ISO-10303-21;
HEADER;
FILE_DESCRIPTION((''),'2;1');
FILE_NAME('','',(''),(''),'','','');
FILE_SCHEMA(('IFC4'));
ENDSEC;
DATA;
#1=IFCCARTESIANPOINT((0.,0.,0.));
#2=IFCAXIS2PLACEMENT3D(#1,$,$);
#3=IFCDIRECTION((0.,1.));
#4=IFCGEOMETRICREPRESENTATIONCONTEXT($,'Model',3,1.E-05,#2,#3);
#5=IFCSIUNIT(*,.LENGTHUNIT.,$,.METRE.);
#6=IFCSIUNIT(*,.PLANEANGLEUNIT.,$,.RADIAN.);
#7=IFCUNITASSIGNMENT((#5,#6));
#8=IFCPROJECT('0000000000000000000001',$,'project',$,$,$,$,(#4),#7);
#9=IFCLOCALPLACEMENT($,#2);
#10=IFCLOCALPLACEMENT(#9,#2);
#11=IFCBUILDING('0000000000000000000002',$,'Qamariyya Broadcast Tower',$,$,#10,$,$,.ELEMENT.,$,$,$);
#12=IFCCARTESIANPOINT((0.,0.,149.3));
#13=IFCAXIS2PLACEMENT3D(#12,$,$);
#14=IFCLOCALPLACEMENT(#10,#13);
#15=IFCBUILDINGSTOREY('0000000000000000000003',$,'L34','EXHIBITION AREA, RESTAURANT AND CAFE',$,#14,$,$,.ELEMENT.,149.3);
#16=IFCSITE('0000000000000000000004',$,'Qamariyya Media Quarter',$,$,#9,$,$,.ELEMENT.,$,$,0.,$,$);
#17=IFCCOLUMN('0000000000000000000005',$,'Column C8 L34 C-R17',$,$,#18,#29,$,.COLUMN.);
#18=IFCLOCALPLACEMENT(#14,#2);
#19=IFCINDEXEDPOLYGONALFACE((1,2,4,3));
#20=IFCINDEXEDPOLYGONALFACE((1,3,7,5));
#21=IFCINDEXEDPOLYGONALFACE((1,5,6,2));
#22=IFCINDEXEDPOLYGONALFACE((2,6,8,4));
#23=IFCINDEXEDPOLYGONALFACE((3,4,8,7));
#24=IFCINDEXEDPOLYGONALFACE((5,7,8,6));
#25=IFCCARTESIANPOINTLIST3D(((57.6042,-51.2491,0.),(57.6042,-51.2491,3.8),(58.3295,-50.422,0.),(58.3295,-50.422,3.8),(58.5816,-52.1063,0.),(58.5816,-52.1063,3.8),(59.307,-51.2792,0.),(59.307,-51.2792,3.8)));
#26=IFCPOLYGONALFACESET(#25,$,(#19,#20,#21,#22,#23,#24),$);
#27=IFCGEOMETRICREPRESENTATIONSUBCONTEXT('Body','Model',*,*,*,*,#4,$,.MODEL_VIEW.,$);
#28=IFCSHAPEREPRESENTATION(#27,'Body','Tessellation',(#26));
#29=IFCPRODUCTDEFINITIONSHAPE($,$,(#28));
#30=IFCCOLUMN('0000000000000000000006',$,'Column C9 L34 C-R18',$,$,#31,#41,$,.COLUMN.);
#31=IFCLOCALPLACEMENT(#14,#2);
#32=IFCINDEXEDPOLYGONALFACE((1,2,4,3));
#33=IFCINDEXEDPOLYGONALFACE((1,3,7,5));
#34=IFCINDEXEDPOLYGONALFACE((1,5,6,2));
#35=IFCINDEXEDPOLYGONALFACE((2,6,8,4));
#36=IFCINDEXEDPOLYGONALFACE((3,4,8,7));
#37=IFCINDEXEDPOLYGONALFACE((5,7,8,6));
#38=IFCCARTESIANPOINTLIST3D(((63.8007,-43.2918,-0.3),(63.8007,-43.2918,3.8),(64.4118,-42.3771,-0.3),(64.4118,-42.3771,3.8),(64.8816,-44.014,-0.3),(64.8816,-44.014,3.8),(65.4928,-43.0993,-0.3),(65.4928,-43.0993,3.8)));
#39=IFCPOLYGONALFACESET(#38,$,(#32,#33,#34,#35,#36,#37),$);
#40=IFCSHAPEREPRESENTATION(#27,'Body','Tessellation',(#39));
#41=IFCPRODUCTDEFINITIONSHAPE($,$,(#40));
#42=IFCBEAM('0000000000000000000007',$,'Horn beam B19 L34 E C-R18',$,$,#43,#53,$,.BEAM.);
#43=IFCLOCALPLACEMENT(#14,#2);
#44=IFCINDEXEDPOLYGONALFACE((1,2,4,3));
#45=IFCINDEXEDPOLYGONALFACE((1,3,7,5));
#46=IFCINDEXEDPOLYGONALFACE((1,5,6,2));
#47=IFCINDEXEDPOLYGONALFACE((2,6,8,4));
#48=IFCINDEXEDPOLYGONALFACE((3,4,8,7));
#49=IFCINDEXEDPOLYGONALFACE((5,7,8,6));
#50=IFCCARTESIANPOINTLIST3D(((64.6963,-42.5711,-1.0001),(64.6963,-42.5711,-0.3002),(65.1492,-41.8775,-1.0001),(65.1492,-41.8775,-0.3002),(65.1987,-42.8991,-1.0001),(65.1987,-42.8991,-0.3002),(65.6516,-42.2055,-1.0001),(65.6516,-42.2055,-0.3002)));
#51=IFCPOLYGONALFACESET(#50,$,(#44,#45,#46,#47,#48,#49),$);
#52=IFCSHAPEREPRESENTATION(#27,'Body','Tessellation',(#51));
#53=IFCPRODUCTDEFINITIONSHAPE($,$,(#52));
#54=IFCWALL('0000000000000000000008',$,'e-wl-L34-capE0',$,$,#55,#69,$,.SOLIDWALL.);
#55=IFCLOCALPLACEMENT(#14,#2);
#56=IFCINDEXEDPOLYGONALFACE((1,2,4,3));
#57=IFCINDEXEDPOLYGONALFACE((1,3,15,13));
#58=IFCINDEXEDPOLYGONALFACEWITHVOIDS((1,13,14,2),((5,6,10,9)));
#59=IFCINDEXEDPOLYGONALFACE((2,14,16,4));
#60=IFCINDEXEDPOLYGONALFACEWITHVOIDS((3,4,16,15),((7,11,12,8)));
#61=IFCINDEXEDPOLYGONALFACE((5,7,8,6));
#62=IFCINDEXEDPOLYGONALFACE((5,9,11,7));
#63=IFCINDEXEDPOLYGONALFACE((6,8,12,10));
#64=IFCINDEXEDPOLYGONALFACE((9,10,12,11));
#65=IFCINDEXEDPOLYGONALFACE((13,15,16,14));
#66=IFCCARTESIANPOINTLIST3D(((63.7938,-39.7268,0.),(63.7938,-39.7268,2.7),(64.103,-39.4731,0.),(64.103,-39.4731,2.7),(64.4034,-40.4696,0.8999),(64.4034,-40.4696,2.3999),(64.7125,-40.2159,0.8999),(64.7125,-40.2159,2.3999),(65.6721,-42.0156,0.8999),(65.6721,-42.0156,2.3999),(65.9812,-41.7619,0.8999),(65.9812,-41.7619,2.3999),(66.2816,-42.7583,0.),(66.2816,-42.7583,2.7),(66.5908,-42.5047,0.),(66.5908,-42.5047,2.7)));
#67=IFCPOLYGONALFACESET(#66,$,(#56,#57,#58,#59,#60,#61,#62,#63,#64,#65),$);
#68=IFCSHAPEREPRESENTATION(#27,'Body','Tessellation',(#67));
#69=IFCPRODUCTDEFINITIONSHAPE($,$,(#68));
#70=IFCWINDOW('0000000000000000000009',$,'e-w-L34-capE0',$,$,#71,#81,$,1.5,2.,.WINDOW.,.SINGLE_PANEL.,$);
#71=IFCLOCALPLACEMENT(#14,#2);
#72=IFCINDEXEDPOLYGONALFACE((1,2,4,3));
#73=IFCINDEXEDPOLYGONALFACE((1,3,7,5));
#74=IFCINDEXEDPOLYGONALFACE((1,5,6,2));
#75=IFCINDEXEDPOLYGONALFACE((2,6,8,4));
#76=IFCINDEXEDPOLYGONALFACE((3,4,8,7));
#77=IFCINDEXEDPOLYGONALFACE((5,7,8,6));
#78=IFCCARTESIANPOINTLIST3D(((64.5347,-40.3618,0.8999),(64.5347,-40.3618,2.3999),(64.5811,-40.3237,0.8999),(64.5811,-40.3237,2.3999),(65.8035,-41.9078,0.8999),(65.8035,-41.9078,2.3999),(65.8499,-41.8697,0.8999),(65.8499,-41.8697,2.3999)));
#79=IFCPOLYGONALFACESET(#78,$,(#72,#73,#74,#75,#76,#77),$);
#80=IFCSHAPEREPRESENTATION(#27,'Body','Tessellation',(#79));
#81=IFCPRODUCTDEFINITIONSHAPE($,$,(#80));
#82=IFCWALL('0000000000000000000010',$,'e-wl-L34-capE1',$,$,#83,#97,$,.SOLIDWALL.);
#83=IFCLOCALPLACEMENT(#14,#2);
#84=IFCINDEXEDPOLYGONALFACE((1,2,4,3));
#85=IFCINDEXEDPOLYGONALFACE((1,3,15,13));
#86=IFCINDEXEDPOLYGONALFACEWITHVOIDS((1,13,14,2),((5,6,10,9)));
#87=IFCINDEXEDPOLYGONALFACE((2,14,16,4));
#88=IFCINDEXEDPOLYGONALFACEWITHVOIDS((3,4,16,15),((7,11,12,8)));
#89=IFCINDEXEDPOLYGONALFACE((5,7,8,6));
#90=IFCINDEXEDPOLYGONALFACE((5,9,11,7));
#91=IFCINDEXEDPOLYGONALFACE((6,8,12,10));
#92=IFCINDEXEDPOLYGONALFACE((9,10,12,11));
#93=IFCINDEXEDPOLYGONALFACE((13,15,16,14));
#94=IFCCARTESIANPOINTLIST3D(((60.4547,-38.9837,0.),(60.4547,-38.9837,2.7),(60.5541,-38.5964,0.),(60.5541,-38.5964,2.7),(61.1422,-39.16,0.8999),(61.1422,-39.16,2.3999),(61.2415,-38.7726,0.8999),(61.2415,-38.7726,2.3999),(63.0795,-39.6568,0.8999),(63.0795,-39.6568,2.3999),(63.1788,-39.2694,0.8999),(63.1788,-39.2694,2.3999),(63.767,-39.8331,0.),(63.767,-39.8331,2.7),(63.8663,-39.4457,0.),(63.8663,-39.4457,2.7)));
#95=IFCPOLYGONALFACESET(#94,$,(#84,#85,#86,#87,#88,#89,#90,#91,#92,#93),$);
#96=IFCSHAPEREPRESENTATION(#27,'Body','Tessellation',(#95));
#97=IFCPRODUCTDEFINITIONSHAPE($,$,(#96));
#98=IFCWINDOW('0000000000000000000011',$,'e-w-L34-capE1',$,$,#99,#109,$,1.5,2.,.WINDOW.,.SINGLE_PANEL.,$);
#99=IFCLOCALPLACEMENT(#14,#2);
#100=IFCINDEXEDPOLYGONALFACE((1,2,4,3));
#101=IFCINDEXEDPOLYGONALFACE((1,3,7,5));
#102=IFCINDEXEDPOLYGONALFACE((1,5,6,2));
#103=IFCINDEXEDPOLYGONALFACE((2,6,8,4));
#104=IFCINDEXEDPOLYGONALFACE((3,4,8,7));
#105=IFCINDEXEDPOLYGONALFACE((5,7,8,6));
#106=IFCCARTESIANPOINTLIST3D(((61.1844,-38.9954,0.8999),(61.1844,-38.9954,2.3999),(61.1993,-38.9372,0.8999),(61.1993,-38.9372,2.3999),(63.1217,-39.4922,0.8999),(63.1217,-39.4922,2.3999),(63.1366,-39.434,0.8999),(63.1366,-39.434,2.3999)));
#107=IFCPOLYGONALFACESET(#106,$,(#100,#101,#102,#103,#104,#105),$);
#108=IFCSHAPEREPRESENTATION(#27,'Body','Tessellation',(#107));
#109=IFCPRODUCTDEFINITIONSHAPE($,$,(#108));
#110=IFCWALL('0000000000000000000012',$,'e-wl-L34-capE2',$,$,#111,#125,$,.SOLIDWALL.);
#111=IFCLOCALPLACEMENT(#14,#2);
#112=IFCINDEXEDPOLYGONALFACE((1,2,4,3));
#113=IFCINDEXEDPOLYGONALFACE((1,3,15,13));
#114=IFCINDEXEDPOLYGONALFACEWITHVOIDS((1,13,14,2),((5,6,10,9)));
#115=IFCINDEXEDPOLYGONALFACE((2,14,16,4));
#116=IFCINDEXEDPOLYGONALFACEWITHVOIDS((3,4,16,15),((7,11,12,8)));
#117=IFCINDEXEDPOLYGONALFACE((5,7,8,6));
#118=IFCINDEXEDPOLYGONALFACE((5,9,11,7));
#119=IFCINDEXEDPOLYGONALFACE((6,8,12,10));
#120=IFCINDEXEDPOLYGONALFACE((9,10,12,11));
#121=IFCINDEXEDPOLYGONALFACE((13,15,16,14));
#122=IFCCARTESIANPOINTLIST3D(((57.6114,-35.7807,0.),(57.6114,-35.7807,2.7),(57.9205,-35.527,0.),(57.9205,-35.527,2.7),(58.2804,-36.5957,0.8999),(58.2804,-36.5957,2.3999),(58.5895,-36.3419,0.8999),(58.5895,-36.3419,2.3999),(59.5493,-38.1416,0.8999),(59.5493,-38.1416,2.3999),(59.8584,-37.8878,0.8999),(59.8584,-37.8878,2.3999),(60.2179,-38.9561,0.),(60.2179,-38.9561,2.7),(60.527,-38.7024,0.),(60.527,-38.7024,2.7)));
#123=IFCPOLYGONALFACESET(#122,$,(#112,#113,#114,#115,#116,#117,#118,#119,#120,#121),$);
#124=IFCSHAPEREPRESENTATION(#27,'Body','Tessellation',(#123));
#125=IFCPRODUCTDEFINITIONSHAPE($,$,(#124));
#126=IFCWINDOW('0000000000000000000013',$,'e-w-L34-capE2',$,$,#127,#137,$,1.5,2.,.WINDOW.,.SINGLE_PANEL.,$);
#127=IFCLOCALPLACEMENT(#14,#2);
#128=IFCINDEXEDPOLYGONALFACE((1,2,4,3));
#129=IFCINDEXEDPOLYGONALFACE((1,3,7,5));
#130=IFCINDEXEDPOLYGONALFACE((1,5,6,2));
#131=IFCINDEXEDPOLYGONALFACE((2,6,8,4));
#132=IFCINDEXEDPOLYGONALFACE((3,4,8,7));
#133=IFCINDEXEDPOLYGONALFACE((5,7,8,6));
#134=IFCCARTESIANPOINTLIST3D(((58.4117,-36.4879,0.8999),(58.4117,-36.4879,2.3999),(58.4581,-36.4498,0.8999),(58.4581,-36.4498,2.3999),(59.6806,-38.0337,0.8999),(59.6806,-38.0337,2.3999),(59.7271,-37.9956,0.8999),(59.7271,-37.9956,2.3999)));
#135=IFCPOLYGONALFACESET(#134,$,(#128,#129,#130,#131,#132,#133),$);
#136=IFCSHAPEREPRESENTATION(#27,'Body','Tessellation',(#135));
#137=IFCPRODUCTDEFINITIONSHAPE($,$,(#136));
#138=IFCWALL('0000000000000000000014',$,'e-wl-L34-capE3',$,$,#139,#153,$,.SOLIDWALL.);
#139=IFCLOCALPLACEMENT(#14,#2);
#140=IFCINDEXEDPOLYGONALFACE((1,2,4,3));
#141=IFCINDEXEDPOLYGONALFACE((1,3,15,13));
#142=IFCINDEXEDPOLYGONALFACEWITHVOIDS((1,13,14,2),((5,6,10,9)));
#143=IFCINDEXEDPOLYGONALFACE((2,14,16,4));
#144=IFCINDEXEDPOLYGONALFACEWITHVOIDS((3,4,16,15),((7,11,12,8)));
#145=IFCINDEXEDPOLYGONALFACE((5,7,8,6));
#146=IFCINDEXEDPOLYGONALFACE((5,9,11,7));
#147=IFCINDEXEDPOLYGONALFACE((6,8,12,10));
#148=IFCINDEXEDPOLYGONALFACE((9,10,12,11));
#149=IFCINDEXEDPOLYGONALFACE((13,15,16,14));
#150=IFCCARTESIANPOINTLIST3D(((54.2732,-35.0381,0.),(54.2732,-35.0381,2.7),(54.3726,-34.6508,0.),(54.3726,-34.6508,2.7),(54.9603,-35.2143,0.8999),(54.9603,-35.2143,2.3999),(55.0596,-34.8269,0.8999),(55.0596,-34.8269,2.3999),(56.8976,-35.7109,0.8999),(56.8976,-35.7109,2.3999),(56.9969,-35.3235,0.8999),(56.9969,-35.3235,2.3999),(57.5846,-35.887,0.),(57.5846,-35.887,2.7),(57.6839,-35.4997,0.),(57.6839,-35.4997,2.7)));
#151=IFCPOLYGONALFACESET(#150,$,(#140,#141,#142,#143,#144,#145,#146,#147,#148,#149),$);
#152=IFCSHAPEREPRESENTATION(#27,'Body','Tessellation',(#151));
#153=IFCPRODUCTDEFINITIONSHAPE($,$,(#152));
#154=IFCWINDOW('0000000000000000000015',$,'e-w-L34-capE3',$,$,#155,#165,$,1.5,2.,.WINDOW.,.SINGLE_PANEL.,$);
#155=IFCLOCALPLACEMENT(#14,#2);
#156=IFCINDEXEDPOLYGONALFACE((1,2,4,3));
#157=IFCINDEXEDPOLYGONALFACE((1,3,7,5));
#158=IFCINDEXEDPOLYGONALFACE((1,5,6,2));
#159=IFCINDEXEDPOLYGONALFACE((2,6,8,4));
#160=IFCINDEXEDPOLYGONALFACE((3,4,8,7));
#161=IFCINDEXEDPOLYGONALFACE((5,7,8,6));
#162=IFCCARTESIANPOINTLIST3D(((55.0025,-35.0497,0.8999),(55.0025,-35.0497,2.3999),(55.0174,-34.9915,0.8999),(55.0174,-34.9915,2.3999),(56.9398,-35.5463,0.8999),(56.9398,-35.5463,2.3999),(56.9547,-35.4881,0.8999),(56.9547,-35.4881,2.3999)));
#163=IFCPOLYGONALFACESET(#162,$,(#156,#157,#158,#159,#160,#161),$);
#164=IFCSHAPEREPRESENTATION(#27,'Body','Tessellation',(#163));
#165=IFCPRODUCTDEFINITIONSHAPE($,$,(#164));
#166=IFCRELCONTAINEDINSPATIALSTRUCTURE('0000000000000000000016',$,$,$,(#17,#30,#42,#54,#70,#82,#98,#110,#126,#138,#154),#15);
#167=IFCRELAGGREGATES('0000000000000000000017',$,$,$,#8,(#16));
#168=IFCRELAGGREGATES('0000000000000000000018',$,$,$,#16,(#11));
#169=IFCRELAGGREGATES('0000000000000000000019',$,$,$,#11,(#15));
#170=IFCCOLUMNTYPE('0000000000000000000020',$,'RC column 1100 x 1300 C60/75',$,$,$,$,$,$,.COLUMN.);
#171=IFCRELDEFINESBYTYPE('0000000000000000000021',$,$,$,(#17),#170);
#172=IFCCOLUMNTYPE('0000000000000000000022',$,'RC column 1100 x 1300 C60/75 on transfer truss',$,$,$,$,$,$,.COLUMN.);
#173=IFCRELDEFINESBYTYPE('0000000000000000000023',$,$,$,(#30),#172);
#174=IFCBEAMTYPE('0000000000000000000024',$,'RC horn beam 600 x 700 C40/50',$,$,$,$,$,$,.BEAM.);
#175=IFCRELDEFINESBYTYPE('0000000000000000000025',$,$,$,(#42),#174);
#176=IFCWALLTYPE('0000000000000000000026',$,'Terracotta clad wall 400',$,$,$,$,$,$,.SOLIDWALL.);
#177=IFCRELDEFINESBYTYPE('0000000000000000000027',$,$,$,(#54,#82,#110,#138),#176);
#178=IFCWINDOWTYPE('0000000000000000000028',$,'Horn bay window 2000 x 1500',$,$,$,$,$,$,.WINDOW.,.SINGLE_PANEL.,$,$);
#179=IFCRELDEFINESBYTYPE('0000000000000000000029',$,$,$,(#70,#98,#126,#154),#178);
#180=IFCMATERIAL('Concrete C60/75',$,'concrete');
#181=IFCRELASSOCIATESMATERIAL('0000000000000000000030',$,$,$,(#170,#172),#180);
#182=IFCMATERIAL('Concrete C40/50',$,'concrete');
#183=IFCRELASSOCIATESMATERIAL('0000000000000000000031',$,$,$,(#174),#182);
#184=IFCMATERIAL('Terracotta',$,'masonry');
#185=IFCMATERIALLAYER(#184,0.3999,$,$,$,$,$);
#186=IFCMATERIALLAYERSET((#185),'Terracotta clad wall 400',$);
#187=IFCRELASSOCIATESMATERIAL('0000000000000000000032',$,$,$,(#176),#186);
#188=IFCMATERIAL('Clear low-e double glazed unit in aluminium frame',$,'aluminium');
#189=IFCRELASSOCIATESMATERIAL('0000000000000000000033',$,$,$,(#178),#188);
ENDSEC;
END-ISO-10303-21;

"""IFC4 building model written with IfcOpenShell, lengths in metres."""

from ifc_helpers import new_model, si_unit, direction, frame, frame_2d, origin, origin_2d, place, context, subcontext, project, spatial, rectangle, extrude, material, layer, layer_set, material_profile, profile_set, type_object, element, fill, save


model = new_model("IFC4")

# Units and contexts
model_context = context("Model", 3, precision=1e-05, world=origin(), true_north=direction((0.0, 1.0)))
body_context = subcontext(model_context, "Body", "Model", "MODEL_VIEW")
ifc_project = project(units=[si_unit("LENGTHUNIT", "METRE"), si_unit("PLANEANGLEUNIT", "RADIAN")], contexts=[model_context])

# Site, building, storey
site_placement = place(None, origin())
site = spatial("IfcSite", under=ifc_project, at=site_placement, Name="Qamariyya Media Quarter", CompositionType="ELEMENT", RefElevation=0.0)
building_placement = place(site_placement, origin())
building = spatial("IfcBuilding", under=site, at=building_placement, Name="Qamariyya Broadcast Tower", CompositionType="ELEMENT")
storey_placement = place(building_placement, frame((0.0, 0.0, 149.3)))
storey = spatial("IfcBuildingStorey", under=building, at=storey_placement, Name="L34", Description="EXHIBITION AREA, RESTAURANT AND CAFE", CompositionType="ELEMENT", Elevation=149.3)

# Columns
ifc_material_1 = material(Name="Concrete C60/75", Category="concrete")
ifc_material_profile_1 = material_profile(ifc_material_1, rectangle(XDim=1.1001, YDim=1.3, at=origin_2d()))
ifc_profile_set_1 = profile_set([ifc_material_profile_1], Name="Concrete C60/75")
column_type_1 = type_object("IfcColumnType", Name="RC column 1100 x 1300 C60/75", PredefinedType="COLUMN", material=ifc_profile_set_1)
column_1_placement = place(storey_placement, frame((58.4556, -51.2642, 0.0), z_axis=(0.0, 0.0, 1.0), x_axis=(0.659346, 0.75184, 0.0)))
element("IfcColumn", 1, at=column_1_placement, inside=storey, type_object=column_type_1, Name="Column C8 L34 C-R17", PredefinedType="COLUMN", context=body_context, shape_type="SweptSolid", body=[
    extrude(rectangle(XDim=1.1001, YDim=1.3, at=origin_2d()), origin(), (0.0, 0.0, 1.0), 3.8),
])
ifc_material_profile_2 = material_profile(ifc_material_1, rectangle(XDim=1.1001, YDim=1.3, at=origin_2d()))
ifc_profile_set_2 = profile_set([ifc_material_profile_2], Name="Concrete C60/75")
column_type_2 = type_object("IfcColumnType", Name="RC column 1100 x 1300 C60/75 on transfer truss", PredefinedType="COLUMN", material=ifc_profile_set_2)
column_2_placement = place(storey_placement, frame((64.6467, -43.1956, -0.3), z_axis=(0.0, 0.0, 1.0), x_axis=(0.55557, 0.83147, 0.0)))
element("IfcColumn", 2, at=column_2_placement, inside=storey, type_object=column_type_2, Name="Column C9 L34 C-R18", PredefinedType="COLUMN", context=body_context, shape_type="SweptSolid", body=[
    extrude(rectangle(XDim=1.1001, YDim=1.3, at=origin_2d()), origin(), (0.0, 0.0, 1.0), 4.1001),
])

# Beam
ifc_material_2 = material(Name="Concrete C40/50", Category="concrete")
ifc_material_profile_3 = material_profile(ifc_material_2, rectangle(XDim=0.6001, YDim=0.7, at=origin_2d()))
ifc_profile_set_3 = profile_set([ifc_material_profile_3], Name="Concrete C40/50")
beam_type = type_object("IfcBeamType", Name="RC horn beam 600 x 700 C40/50", PredefinedType="BEAM", material=ifc_profile_set_3)
beam_placement = place(storey_placement, frame((64.9475, -42.7351, -0.6501), z_axis=(0.546717, 0.837317, 0.0), x_axis=(-0.837317, 0.546717, 0.0)))
element("IfcBeam", 3, at=beam_placement, inside=storey, type_object=beam_type, Name="Horn beam B19 L34 E C-R18", PredefinedType="BEAM", context=body_context, shape_type="SweptSolid", body=[
    extrude(rectangle(XDim=0.6001, YDim=0.7, at=origin_2d()), origin(), (0.0, 0.0, 1.0), 0.8284),
])

# Walls, openings, windows
ifc_material_3 = material(Name="Terracotta", Category="masonry")
ifc_layer = layer(ifc_material_3, 0.3999)
ifc_layer_set = layer_set([ifc_layer], Name="Terracotta clad wall 400")
wall_type = type_object("IfcWallType", Name="Terracotta clad wall 400", PredefinedType="SOLIDWALL", material=ifc_layer_set)
wall_1_placement = place(storey_placement, frame((66.4363, -42.6316, 0.0), z_axis=(0.0, 0.0, 1.0), x_axis=(-0.63438, 0.773022, 0.0)))
wall_1 = element("IfcWall", 4, at=wall_1_placement, inside=storey, type_object=wall_type, Name="e-wl-L34-capE0", PredefinedType="SOLIDWALL", context=body_context, shape_type="SweptSolid", body=[
    extrude(rectangle(XDim=3.9216, YDim=0.3999, at=frame_2d((1.9609, 0.0))), origin(), (0.0, 0.0, 1.0), 2.7),
])
opening_1_placement = place(wall_1_placement, frame((0.9609, 0.0, 0.8999)))
opening_1 = element("IfcOpeningElement", 5, at=opening_1_placement, cuts=wall_1, PredefinedType="OPENING", context=body_context, shape_type="SweptSolid", body=[
    extrude(rectangle(XDim=2.0, YDim=1.5, at=frame_2d((1.0, 0.75))), frame((0.0, 0.21, 0.0), z_axis=(0.0, -1.0, 0.0), x_axis=(1.0, 0.0, 0.0)), (0.0, 0.0, 1.0), 0.4199),
])
ifc_material_4 = material(Name="Clear low-e double glazed unit in aluminium frame", Category="aluminium")
window_type = type_object("IfcWindowType", Name="Horn bay window 2000 x 1500", PartitioningType="SINGLE_PANEL", PredefinedType="WINDOW", material=ifc_material_4)
window_1_placement = place(opening_1_placement, origin())
window_1 = element("IfcWindow", 6, at=window_1_placement, inside=storey, type_object=window_type, Name="e-w-L34-capE0", OverallHeight=1.5, OverallWidth=2.0, PartitioningType="SINGLE_PANEL", PredefinedType="WINDOW", context=body_context, shape_type="SweptSolid", body=[
    extrude(rectangle(XDim=2.0, YDim=1.5, at=frame_2d((1.0, 0.75))), frame((0.0, 0.03, 0.0), z_axis=(0.0, -1.0, 0.0), x_axis=(1.0, 0.0, 0.0)), (0.0, 0.0, 1.0), 0.0601),
])
fill(opening_1, window_1)
wall_2_placement = place(storey_placement, frame((63.8167, -39.6394, 0.0), z_axis=(0.0, 0.0, 1.0), x_axis=(-0.968659, 0.248394, 0.0)))
wall_2 = element("IfcWall", 7, at=wall_2_placement, inside=storey, type_object=wall_type, Name="e-wl-L34-capE1", PredefinedType="SOLIDWALL", context=body_context, shape_type="SweptSolid", body=[
    extrude(rectangle(XDim=3.4194, YDim=0.3999, at=frame_2d((1.7097, 0.0))), origin(), (0.0, 0.0, 1.0), 2.7),
])
opening_2_placement = place(wall_2_placement, frame((0.7097, 0.0, 0.8999)))
opening_2 = element("IfcOpeningElement", 8, at=opening_2_placement, cuts=wall_2, PredefinedType="OPENING", context=body_context, shape_type="SweptSolid", body=[
    extrude(rectangle(XDim=2.0, YDim=1.5, at=frame_2d((1.0, 0.75))), frame((0.0, 0.21, 0.0), z_axis=(0.0, -1.0, 0.0), x_axis=(1.0, 0.0, 0.0)), (0.0, 0.0, 1.0), 0.4199),
])
window_2_placement = place(opening_2_placement, origin())
window_2 = element("IfcWindow", 9, at=window_2_placement, inside=storey, type_object=window_type, Name="e-w-L34-capE1", OverallHeight=1.5, OverallWidth=2.0, PartitioningType="SINGLE_PANEL", PredefinedType="WINDOW", context=body_context, shape_type="SweptSolid", body=[
    extrude(rectangle(XDim=2.0, YDim=1.5, at=frame_2d((1.0, 0.75))), frame((0.0, 0.03, 0.0), z_axis=(0.0, -1.0, 0.0), x_axis=(1.0, 0.0, 0.0)), (0.0, 0.0, 1.0), 0.0601),
])
fill(opening_2, window_2)
wall_3_placement = place(storey_placement, frame((60.3726, -38.8293, 0.0), z_axis=(0.0, 0.0, 1.0), x_axis=(-0.634473, 0.772945, 0.0)))
wall_3 = element("IfcWall", 10, at=wall_3_placement, inside=storey, type_object=wall_type, Name="e-wl-L34-capE2", PredefinedType="SOLIDWALL", context=body_context, shape_type="SweptSolid", body=[
    extrude(rectangle(XDim=4.1082, YDim=0.3999, at=frame_2d((2.0542, 0.0))), origin(), (0.0, 0.0, 1.0), 2.7),
])
opening_3_placement = place(wall_3_placement, frame((1.054, 0.0, 0.8999)))
opening_3 = element("IfcOpeningElement", 11, at=opening_3_placement, cuts=wall_3, PredefinedType="OPENING", context=body_context, shape_type="SweptSolid", body=[
    extrude(rectangle(XDim=2.0, YDim=1.5, at=frame_2d((1.0, 0.75))), frame((0.0, 0.21, 0.0), z_axis=(0.0, -1.0, 0.0), x_axis=(1.0, 0.0, 0.0)), (0.0, 0.0, 1.0), 0.4199),
])
window_3_placement = place(opening_3_placement, origin())
window_3 = element("IfcWindow", 12, at=window_3_placement, inside=storey, type_object=window_type, Name="e-w-L34-capE2", OverallHeight=1.5, OverallWidth=2.0, PartitioningType="SINGLE_PANEL", PredefinedType="WINDOW", context=body_context, shape_type="SweptSolid", body=[
    extrude(rectangle(XDim=2.0, YDim=1.5, at=frame_2d((1.0, 0.75))), frame((0.0, 0.03, 0.0), z_axis=(0.0, -1.0, 0.0), x_axis=(1.0, 0.0, 0.0)), (0.0, 0.0, 1.0), 0.0601),
])
fill(opening_3, window_3)
wall_4_placement = place(storey_placement, frame((57.6343, -35.6934, 0.0), z_axis=(0.0, 0.0, 1.0), x_axis=(-0.968676, 0.248329, 0.0)))
wall_4 = element("IfcWall", 13, at=wall_4_placement, inside=storey, type_object=wall_type, Name="e-wl-L34-capE3", PredefinedType="SOLIDWALL", context=body_context, shape_type="SweptSolid", body=[
    extrude(rectangle(XDim=3.4185, YDim=0.3999, at=frame_2d((1.7092, 0.0))), origin(), (0.0, 0.0, 1.0), 2.7),
])
opening_4_placement = place(wall_4_placement, frame((0.7092, 0.0, 0.8999)))
opening_4 = element("IfcOpeningElement", 14, at=opening_4_placement, cuts=wall_4, PredefinedType="OPENING", context=body_context, shape_type="SweptSolid", body=[
    extrude(rectangle(XDim=2.0, YDim=1.5, at=frame_2d((1.0, 0.75))), frame((0.0, 0.21, 0.0), z_axis=(0.0, -1.0, 0.0), x_axis=(1.0, 0.0, 0.0)), (0.0, 0.0, 1.0), 0.4199),
])
window_4_placement = place(opening_4_placement, origin())
window_4 = element("IfcWindow", 15, at=window_4_placement, inside=storey, type_object=window_type, Name="e-w-L34-capE3", OverallHeight=1.5, OverallWidth=2.0, PartitioningType="SINGLE_PANEL", PredefinedType="WINDOW", context=body_context, shape_type="SweptSolid", body=[
    extrude(rectangle(XDim=2.0, YDim=1.5, at=frame_2d((1.0, 0.75))), frame((0.0, 0.03, 0.0), z_axis=(0.0, -1.0, 0.0), x_axis=(1.0, 0.0, 0.0)), (0.0, 0.0, 1.0), 0.0601),
])
fill(opening_4, window_4)

save(model, "model.ifc")
